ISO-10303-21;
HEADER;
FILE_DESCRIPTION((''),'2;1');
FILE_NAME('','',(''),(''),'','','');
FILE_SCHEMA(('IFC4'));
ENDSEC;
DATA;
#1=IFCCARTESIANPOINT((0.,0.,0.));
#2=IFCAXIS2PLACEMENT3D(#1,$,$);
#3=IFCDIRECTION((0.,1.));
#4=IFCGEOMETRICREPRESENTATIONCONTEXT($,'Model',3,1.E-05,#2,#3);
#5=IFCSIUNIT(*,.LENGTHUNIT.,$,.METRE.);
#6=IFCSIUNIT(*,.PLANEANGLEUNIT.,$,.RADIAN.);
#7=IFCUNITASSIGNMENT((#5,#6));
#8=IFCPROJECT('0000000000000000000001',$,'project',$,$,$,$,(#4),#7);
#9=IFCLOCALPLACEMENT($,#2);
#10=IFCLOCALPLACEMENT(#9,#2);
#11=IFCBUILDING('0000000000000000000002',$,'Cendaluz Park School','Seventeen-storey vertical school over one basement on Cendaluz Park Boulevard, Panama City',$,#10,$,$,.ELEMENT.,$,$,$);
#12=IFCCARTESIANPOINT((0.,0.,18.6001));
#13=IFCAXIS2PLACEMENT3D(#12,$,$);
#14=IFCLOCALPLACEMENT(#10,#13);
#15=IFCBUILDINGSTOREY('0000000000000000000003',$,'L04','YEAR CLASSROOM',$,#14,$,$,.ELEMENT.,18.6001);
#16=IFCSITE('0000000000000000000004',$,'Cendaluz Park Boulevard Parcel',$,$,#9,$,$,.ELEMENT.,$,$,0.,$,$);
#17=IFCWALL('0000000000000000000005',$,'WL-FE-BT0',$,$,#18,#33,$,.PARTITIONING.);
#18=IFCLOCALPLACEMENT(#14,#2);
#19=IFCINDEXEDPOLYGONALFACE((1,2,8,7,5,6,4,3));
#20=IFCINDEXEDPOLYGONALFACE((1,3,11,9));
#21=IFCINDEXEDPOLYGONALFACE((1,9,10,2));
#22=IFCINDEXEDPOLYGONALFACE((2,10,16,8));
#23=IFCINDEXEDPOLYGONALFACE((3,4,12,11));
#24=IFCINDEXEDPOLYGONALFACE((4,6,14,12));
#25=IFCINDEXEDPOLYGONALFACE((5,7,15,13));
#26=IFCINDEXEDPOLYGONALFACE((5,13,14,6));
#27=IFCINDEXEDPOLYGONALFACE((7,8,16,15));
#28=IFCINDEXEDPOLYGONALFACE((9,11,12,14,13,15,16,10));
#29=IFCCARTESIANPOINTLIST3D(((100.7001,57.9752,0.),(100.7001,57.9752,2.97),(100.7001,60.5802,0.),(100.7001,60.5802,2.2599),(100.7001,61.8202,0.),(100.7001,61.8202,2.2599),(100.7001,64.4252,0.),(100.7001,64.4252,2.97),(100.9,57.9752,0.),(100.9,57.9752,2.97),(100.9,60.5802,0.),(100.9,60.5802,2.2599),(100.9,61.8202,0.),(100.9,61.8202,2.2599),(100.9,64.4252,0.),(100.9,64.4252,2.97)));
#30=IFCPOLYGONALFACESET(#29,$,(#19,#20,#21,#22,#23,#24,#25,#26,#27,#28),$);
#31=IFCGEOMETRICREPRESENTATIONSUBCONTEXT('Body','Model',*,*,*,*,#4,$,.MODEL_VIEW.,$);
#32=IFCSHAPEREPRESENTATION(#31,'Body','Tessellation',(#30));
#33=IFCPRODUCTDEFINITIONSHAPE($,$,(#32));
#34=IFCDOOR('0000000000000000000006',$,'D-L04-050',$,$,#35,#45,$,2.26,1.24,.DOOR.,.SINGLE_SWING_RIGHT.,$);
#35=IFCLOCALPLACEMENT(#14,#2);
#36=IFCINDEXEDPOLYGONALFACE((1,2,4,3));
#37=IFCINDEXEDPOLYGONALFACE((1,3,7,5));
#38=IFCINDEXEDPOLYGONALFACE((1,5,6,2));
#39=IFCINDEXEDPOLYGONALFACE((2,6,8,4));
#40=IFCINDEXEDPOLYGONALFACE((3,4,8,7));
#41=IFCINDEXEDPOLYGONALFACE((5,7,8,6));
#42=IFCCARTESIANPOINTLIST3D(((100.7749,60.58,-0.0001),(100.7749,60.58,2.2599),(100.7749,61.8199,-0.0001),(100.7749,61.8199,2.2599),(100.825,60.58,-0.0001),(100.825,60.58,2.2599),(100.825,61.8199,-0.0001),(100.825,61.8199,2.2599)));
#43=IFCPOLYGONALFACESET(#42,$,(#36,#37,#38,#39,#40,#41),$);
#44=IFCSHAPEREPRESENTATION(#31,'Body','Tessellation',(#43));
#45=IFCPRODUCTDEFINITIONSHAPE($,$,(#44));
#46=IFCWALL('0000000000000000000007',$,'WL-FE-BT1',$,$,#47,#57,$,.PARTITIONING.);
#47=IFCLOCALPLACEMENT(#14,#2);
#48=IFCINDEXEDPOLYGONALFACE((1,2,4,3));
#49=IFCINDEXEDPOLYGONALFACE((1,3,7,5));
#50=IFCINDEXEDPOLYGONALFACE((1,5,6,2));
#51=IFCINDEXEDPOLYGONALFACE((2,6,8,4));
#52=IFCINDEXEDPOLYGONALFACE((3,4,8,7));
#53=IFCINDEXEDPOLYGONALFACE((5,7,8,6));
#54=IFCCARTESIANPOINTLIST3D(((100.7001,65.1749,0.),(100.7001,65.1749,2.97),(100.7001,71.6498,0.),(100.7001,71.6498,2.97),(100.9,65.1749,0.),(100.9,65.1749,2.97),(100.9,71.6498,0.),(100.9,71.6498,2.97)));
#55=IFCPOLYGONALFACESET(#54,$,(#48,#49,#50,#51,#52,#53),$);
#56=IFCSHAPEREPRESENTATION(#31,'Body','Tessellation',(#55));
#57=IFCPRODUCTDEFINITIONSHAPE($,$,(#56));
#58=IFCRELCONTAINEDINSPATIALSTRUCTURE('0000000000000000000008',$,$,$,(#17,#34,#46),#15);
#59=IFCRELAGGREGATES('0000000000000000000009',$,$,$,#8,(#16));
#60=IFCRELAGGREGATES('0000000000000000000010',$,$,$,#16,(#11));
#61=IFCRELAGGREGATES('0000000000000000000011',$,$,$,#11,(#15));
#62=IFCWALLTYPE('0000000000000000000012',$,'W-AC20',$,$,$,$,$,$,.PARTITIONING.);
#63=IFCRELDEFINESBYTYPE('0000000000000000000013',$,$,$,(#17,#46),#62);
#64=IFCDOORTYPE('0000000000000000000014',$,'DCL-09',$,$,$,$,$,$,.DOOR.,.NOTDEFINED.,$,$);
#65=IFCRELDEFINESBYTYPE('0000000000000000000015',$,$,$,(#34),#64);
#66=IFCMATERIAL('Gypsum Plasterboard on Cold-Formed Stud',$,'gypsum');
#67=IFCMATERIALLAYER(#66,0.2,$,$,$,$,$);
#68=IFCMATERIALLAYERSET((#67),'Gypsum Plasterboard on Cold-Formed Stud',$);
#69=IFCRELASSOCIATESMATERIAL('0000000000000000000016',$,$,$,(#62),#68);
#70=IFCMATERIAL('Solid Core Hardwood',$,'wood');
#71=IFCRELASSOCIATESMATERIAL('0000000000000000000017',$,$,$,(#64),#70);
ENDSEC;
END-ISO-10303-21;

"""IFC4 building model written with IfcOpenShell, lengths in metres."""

from ifc_helpers import new_model, si_unit, direction, frame, frame_2d, origin, place, context, subcontext, project, spatial, rectangle, extrude, material, layer, layer_set, type_object, element, fill, save


model = new_model("IFC4")

# Units and contexts
model_context = context("Model", 3, precision=1e-05, world=origin(), true_north=direction((0.0, 1.0)))
body_context = subcontext(model_context, "Body", "Model", "MODEL_VIEW")
ifc_project = project(units=[si_unit("LENGTHUNIT", "METRE"), si_unit("PLANEANGLEUNIT", "RADIAN")], contexts=[model_context])

# Site, building, storey
site_placement = place(None, origin())
site = spatial("IfcSite", under=ifc_project, at=site_placement, Name="Cendaluz Park Boulevard Parcel", CompositionType="ELEMENT", RefElevation=0.0)
building_placement = place(site_placement, origin())
building = spatial("IfcBuilding", under=site, at=building_placement, Name="Cendaluz Park School", Description="Seventeen-storey vertical school over one basement on Cendaluz Park Boulevard, Panama City", CompositionType="ELEMENT")
storey_placement = place(building_placement, frame((0.0, 0.0, 18.6001)))
storey = spatial("IfcBuildingStorey", under=building, at=storey_placement, Name="L04", Description="YEAR CLASSROOM", CompositionType="ELEMENT", Elevation=18.6001)

# Shared definitions
ifc_material_1 = material(Name="Gypsum Plasterboard on Cold-Formed Stud", Category="gypsum")
ifc_layer_1 = layer(ifc_material_1, 0.2)
ifc_layer_set_1 = layer_set([ifc_layer_1], Name="Gypsum Plasterboard on Cold-Formed Stud")
wall_type = type_object("IfcWallType", Name="W-AC20", PredefinedType="PARTITIONING", material=ifc_layer_set_1)

# Wall, opening, door
wall_1_placement = place(storey_placement, frame((100.8, 57.9751, 0.0), z_axis=(0.0, 0.0, 1.0), x_axis=(0.0, 1.0, 0.0)))
wall_1 = element("IfcWall", 1, at=wall_1_placement, inside=storey, type_object=wall_type, Name="WL-FE-BT0", PredefinedType="PARTITIONING", context=body_context, shape_type="SweptSolid", body=[
    extrude(rectangle(XDim=6.45, YDim=0.2, at=frame_2d((3.2251, 0.0))), origin(), (0.0, 0.0, 1.0), 2.97),
])
opening_placement = place(wall_1_placement, frame((2.605, 0.0, 0.0)))
opening = element("IfcOpeningElement", 2, at=opening_placement, cuts=wall_1, PredefinedType="OPENING", context=body_context, shape_type="SweptSolid", body=[
    extrude(rectangle(XDim=1.24, YDim=2.26, at=frame_2d((0.6201, 1.1299))), frame((0.0, 0.1121, 0.0), z_axis=(0.0, -1.0, 0.0), x_axis=(1.0, 0.0, 0.0)), (0.0, 0.0, 1.0), 0.2239),
])
ifc_material_2 = material(Name="Solid Core Hardwood", Category="wood")
door_type = type_object("IfcDoorType", Name="DCL-09", OperationType="NOTDEFINED", PredefinedType="DOOR", material=ifc_material_2)
door_placement = place(opening_placement, frame((1.24, 0.0, 0.0), z_axis=(0.0, 0.0, 1.0), x_axis=(-1.0, 0.0, 0.0)))
door = element("IfcDoor", 3, at=door_placement, inside=storey, type_object=door_type, Name="D-L04-050", OperationType="SINGLE_SWING_RIGHT", OverallHeight=2.26, OverallWidth=1.24, PredefinedType="DOOR", context=body_context, shape_type="SweptSolid", body=[
    extrude(rectangle(XDim=1.24, YDim=2.26, at=frame_2d((0.6201, 1.1299))), frame((0.0, 0.0249, 0.0), z_axis=(0.0, -1.0, 0.0), x_axis=(1.0, 0.0, 0.0)), (0.0, 0.0, 1.0), 0.05),
])
fill(opening, door)

# Wall
wall_2_placement = place(storey_placement, frame((100.8, 65.175, 0.0), z_axis=(0.0, 0.0, 1.0), x_axis=(0.0, 1.0, 0.0)))
element("IfcWall", 4, at=wall_2_placement, inside=storey, type_object=wall_type, Name="WL-FE-BT1", PredefinedType="PARTITIONING", context=body_context, shape_type="SweptSolid", body=[
    extrude(rectangle(XDim=6.4749, YDim=0.2, at=frame_2d((3.2373, 0.0))), origin(), (0.0, 0.0, 1.0), 2.97),
])

save(model, "model.ifc")
